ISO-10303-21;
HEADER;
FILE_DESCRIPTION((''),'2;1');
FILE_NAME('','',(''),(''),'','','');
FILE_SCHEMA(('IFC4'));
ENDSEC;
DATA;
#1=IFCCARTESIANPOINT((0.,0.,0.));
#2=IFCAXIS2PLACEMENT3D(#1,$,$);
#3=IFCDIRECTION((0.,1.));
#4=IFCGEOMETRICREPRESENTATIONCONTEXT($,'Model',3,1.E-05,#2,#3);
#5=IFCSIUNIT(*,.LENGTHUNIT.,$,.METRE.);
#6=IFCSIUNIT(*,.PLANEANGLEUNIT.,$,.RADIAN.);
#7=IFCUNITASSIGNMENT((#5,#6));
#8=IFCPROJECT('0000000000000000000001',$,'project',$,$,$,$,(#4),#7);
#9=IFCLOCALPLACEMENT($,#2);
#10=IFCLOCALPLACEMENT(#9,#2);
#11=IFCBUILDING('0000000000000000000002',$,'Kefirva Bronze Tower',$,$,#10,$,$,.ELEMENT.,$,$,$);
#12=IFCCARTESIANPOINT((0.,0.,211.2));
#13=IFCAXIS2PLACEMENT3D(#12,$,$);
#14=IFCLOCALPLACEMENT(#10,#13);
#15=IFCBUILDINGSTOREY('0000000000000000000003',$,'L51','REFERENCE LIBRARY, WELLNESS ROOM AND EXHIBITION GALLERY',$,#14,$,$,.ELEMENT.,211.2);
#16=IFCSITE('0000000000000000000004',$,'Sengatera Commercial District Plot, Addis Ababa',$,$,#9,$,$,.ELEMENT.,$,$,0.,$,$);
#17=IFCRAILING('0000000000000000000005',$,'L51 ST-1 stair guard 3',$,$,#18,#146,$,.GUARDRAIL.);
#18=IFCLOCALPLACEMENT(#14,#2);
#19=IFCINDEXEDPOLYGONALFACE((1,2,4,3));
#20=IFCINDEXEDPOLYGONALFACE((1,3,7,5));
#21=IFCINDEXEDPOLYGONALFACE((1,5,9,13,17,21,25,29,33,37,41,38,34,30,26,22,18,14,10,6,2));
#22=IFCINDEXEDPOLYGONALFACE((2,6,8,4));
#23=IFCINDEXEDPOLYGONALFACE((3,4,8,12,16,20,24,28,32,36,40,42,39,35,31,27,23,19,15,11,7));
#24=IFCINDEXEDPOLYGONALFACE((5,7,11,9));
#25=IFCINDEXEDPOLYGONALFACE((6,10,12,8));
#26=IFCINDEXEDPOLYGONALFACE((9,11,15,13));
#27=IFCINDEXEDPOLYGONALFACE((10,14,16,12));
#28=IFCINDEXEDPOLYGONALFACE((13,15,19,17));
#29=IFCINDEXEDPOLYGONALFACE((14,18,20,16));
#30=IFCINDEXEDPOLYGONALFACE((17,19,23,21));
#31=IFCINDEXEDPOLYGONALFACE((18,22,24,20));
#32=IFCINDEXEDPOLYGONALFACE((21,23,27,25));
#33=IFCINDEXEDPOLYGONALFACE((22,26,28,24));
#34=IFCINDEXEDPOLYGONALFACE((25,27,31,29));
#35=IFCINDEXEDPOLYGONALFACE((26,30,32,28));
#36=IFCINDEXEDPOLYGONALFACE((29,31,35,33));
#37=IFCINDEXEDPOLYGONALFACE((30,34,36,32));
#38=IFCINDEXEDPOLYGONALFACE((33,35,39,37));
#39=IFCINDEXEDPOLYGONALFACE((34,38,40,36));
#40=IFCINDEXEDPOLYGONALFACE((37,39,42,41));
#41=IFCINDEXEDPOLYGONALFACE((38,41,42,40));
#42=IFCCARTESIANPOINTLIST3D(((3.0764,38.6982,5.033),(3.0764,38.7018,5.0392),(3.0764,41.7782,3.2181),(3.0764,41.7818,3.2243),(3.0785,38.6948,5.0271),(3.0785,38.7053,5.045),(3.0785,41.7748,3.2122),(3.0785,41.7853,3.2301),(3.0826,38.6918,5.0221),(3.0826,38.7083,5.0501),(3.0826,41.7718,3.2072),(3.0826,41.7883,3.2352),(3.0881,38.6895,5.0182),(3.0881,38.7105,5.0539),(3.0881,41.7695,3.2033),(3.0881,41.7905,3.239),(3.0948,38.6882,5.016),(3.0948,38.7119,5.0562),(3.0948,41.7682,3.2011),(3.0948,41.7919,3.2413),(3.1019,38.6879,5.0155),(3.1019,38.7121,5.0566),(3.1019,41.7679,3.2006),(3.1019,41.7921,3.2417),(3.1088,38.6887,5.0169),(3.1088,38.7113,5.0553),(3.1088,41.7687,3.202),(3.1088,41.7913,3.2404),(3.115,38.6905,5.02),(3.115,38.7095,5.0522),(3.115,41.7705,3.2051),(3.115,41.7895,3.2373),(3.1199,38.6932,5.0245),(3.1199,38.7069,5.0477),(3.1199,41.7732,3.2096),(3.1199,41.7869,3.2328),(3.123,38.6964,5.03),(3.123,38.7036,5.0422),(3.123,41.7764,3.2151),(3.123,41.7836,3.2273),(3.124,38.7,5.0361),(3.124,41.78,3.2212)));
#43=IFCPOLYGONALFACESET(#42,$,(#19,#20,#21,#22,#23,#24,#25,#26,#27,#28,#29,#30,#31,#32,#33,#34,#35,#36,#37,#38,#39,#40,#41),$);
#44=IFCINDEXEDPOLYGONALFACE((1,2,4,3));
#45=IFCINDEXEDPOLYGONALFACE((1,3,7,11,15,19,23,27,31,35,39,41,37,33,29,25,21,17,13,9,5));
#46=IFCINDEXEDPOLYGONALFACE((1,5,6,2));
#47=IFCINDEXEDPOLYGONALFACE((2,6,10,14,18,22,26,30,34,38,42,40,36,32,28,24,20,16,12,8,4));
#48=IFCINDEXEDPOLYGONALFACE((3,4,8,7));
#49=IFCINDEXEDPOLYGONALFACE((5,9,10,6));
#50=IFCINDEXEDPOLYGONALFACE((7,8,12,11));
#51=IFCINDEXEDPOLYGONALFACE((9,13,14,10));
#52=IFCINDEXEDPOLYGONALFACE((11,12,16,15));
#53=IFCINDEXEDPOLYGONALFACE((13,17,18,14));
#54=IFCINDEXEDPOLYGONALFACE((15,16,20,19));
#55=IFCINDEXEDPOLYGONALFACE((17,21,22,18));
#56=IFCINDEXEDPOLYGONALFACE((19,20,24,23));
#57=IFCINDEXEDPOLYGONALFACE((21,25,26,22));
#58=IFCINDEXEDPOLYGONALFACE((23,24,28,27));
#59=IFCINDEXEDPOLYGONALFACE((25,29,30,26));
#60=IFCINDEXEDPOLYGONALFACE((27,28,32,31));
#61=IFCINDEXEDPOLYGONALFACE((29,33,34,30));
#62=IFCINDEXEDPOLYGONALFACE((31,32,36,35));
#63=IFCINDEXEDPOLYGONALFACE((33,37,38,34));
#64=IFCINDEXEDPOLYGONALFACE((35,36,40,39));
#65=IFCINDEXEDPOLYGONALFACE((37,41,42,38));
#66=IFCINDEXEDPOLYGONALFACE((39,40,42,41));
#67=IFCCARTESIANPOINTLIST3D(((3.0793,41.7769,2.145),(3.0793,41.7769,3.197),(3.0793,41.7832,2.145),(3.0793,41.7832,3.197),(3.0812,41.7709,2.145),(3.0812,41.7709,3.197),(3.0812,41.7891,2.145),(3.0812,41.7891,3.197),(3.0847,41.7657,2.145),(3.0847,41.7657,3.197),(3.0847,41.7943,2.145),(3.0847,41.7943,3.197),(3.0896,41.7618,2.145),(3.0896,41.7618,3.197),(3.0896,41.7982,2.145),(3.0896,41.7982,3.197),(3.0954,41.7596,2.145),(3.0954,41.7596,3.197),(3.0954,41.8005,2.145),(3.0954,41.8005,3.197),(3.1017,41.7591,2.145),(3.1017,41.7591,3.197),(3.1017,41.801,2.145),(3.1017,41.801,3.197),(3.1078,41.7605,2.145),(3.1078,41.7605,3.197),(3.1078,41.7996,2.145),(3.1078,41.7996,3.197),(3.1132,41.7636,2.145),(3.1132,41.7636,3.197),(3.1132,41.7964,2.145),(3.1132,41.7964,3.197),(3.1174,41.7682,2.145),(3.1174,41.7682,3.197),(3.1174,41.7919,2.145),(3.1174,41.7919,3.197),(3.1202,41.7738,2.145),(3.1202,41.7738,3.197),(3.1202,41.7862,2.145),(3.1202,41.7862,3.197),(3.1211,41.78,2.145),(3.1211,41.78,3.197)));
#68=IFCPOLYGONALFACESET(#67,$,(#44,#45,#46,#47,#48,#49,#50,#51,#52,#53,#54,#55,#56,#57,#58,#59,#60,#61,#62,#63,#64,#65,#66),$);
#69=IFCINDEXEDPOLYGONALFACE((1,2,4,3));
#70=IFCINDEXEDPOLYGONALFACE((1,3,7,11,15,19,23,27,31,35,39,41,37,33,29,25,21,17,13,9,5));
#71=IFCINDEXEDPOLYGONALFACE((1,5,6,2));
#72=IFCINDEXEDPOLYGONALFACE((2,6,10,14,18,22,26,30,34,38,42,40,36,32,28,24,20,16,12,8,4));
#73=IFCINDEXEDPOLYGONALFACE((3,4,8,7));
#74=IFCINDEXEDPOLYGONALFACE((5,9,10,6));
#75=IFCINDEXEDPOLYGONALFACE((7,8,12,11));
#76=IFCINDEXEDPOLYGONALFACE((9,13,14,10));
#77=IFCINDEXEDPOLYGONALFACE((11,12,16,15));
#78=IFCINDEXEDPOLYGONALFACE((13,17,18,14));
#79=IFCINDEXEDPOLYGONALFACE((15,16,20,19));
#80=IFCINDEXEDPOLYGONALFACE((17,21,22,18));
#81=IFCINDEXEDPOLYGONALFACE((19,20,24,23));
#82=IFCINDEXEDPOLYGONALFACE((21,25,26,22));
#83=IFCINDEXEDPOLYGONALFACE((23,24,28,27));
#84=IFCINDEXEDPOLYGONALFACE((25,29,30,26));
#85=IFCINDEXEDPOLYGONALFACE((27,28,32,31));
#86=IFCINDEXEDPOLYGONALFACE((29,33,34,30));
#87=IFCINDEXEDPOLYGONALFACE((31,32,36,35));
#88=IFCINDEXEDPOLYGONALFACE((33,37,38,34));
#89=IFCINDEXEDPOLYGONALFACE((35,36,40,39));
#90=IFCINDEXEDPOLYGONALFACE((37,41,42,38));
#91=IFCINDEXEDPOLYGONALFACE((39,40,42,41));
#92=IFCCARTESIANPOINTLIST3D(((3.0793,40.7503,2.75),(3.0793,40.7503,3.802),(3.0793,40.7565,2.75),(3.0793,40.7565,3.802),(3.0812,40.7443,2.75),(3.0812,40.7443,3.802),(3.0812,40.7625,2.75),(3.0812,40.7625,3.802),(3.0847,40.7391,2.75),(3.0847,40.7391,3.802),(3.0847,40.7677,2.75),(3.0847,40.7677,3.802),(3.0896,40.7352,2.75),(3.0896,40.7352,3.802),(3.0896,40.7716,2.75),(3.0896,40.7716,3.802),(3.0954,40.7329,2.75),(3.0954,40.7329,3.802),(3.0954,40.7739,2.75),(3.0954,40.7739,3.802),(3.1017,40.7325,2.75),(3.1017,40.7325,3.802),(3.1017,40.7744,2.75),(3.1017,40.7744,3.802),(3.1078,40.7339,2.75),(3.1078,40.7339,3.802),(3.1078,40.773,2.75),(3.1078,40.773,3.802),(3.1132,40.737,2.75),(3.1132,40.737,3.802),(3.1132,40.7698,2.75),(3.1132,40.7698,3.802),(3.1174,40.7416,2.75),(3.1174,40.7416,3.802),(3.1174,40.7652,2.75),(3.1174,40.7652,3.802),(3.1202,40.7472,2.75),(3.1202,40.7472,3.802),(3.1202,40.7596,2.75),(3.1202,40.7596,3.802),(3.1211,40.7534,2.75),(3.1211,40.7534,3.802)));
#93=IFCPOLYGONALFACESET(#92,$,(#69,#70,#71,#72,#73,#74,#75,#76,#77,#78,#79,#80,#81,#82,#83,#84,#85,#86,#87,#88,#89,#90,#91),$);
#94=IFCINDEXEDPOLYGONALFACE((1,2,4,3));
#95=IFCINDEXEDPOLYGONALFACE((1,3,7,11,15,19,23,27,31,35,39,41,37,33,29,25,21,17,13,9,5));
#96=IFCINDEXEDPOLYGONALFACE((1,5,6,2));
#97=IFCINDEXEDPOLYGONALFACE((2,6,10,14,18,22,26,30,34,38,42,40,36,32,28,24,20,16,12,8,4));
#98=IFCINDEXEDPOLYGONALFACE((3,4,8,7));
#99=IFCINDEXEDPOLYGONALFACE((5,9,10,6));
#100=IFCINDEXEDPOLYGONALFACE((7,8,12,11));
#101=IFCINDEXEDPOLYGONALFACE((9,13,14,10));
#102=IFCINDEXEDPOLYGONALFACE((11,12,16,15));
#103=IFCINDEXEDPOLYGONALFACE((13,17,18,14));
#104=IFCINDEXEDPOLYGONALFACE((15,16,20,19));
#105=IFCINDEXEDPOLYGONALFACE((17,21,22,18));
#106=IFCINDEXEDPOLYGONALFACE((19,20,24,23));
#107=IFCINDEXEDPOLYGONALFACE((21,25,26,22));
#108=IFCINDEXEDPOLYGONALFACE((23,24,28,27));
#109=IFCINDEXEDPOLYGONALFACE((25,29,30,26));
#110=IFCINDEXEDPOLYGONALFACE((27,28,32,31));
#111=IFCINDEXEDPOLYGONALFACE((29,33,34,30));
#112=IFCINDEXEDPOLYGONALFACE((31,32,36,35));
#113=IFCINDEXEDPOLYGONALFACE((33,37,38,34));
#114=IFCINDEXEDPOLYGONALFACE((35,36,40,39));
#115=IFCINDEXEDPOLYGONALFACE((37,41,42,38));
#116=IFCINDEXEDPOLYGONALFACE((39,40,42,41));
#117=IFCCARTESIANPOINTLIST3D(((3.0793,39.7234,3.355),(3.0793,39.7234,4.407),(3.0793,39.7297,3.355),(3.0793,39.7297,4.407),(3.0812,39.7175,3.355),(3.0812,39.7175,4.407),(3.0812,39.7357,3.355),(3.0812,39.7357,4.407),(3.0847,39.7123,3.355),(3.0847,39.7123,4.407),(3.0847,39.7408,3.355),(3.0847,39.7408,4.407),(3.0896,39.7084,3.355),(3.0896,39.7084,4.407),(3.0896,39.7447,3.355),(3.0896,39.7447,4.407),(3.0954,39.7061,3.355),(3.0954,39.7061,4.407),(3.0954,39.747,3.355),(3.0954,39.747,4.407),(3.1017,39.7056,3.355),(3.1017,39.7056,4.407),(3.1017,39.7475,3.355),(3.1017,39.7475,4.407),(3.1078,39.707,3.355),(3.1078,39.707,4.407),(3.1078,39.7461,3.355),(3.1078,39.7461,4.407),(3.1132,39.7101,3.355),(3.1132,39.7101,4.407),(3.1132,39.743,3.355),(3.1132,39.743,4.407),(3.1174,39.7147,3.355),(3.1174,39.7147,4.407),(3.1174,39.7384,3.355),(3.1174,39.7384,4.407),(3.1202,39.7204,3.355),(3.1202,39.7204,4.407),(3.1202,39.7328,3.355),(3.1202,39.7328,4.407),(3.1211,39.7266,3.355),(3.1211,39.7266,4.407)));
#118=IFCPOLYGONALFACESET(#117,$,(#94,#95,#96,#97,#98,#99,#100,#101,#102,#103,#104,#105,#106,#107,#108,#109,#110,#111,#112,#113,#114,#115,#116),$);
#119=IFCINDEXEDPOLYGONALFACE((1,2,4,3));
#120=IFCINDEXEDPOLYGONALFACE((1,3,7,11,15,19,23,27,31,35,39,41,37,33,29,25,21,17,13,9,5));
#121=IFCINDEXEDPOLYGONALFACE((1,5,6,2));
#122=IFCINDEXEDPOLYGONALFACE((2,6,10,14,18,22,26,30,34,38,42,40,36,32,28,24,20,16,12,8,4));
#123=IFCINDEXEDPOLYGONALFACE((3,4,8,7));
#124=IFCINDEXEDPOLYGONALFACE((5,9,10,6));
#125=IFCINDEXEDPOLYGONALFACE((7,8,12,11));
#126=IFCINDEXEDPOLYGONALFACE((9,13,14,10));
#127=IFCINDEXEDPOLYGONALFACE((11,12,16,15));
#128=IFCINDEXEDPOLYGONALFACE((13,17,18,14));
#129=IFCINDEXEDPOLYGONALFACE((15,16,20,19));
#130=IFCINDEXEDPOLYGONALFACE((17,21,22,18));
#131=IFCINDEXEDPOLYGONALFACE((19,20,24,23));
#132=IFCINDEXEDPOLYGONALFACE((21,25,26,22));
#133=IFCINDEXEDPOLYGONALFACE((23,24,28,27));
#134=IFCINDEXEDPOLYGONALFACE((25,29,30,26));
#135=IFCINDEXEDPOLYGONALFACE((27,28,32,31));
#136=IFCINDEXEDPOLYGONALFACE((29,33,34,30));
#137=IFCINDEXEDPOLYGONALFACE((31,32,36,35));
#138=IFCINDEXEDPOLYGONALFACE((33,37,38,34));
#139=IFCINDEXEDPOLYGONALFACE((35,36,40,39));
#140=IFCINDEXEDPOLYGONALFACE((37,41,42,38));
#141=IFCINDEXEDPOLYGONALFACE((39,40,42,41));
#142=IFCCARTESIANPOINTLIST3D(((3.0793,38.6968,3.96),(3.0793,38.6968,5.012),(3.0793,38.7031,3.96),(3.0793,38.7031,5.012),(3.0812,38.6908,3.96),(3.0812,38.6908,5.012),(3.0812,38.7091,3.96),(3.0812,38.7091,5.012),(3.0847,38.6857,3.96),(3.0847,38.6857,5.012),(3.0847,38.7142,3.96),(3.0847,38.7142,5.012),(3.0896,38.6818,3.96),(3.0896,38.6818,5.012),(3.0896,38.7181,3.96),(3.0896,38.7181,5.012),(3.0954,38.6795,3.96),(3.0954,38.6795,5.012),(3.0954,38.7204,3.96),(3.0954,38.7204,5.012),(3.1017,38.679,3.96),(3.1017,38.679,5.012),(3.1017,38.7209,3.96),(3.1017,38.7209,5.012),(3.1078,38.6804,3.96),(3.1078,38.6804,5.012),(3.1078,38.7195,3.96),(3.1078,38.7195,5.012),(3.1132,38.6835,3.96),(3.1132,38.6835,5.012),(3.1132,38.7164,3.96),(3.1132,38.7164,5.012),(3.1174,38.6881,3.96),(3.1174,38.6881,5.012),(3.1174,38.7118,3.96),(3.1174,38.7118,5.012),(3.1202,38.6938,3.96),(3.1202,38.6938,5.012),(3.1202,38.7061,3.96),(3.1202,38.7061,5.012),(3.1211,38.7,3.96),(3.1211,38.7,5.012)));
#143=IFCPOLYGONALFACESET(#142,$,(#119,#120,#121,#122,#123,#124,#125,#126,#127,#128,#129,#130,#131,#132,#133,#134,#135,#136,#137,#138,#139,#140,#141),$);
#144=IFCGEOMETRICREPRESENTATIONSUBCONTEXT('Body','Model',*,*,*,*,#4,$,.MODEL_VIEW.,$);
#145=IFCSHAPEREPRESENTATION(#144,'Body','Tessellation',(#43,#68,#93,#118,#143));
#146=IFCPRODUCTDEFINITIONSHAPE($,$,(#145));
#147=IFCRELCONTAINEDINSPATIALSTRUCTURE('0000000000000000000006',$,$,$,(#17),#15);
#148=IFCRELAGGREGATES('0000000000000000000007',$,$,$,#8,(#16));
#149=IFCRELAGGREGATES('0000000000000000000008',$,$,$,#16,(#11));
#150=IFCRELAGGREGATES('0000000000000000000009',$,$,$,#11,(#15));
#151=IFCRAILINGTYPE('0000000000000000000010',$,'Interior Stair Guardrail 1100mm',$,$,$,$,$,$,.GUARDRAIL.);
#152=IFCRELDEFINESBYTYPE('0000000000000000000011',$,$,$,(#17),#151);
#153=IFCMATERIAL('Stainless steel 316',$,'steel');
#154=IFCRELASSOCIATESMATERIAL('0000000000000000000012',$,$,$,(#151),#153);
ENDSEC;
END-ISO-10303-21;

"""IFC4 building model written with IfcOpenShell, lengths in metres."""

from ifc_helpers import new_model, si_unit, direction, frame, origin, origin_2d, place, context, subcontext, project, spatial, circle, extrude, material, type_object, element, save


model = new_model("IFC4")

# Units and contexts
model_context = context("Model", 3, precision=1e-05, world=origin(), true_north=direction((0.0, 1.0)))
body_context = subcontext(model_context, "Body", "Model", "MODEL_VIEW")
ifc_project = project(units=[si_unit("LENGTHUNIT", "METRE"), si_unit("PLANEANGLEUNIT", "RADIAN")], contexts=[model_context])

# Site, building, storey
site_placement = place(None, origin())
site = spatial("IfcSite", under=ifc_project, at=site_placement, Name="Sengatera Commercial District Plot, Addis Ababa", CompositionType="ELEMENT", RefElevation=0.0)
building_placement = place(site_placement, origin())
building = spatial("IfcBuilding", under=site, at=building_placement, Name="Kefirva Bronze Tower", CompositionType="ELEMENT")
storey_placement = place(building_placement, frame((0.0, 0.0, 211.2)))
storey = spatial("IfcBuildingStorey", under=building, at=storey_placement, Name="L51", Description="REFERENCE LIBRARY, WELLNESS ROOM AND EXHIBITION GALLERY", CompositionType="ELEMENT", Elevation=211.2)

# Railing
ifc_material_1 = material(Name="Stainless steel 316", Category="steel")
railing_type_1 = type_object("IfcRailingType", Name="Interior Stair Guardrail 1100mm", PredefinedType="GUARDRAIL", material=ifc_material_1)
railing_1_placement = place(storey_placement, frame((3.1001, 41.78, 2.145)))
element("IfcRailing", 1, at=railing_1_placement, inside=storey, type_object=railing_type_1, Name="L51 ST-1 stair guard 3", PredefinedType="GUARDRAIL", context=body_context, shape_type="SweptSolid", body=[
    extrude(circle(Radius=0.0239, at=origin_2d()), frame((0.0, 0.0, 1.0762), z_axis=(0.0, -0.861551, 0.507671), x_axis=(1.0, 0.0, 0.0)), (0.0, 0.0, 1.0), 3.575),
    extrude(circle(Radius=0.021, at=origin_2d()), origin(), (0.0, 0.0, 1.0), 1.052),
    extrude(circle(Radius=0.021, at=origin_2d()), frame((0.0, -1.0266, 0.605)), (0.0, 0.0, 1.0), 1.052),
    extrude(circle(Radius=0.021, at=origin_2d()), frame((0.0, -2.0535, 1.21)), (0.0, 0.0, 1.0), 1.052),
    extrude(circle(Radius=0.021, at=origin_2d()), frame((0.0, -3.0801, 1.8149)), (0.0, 0.0, 1.0), 1.052),
])

save(model, "model.ifc")
